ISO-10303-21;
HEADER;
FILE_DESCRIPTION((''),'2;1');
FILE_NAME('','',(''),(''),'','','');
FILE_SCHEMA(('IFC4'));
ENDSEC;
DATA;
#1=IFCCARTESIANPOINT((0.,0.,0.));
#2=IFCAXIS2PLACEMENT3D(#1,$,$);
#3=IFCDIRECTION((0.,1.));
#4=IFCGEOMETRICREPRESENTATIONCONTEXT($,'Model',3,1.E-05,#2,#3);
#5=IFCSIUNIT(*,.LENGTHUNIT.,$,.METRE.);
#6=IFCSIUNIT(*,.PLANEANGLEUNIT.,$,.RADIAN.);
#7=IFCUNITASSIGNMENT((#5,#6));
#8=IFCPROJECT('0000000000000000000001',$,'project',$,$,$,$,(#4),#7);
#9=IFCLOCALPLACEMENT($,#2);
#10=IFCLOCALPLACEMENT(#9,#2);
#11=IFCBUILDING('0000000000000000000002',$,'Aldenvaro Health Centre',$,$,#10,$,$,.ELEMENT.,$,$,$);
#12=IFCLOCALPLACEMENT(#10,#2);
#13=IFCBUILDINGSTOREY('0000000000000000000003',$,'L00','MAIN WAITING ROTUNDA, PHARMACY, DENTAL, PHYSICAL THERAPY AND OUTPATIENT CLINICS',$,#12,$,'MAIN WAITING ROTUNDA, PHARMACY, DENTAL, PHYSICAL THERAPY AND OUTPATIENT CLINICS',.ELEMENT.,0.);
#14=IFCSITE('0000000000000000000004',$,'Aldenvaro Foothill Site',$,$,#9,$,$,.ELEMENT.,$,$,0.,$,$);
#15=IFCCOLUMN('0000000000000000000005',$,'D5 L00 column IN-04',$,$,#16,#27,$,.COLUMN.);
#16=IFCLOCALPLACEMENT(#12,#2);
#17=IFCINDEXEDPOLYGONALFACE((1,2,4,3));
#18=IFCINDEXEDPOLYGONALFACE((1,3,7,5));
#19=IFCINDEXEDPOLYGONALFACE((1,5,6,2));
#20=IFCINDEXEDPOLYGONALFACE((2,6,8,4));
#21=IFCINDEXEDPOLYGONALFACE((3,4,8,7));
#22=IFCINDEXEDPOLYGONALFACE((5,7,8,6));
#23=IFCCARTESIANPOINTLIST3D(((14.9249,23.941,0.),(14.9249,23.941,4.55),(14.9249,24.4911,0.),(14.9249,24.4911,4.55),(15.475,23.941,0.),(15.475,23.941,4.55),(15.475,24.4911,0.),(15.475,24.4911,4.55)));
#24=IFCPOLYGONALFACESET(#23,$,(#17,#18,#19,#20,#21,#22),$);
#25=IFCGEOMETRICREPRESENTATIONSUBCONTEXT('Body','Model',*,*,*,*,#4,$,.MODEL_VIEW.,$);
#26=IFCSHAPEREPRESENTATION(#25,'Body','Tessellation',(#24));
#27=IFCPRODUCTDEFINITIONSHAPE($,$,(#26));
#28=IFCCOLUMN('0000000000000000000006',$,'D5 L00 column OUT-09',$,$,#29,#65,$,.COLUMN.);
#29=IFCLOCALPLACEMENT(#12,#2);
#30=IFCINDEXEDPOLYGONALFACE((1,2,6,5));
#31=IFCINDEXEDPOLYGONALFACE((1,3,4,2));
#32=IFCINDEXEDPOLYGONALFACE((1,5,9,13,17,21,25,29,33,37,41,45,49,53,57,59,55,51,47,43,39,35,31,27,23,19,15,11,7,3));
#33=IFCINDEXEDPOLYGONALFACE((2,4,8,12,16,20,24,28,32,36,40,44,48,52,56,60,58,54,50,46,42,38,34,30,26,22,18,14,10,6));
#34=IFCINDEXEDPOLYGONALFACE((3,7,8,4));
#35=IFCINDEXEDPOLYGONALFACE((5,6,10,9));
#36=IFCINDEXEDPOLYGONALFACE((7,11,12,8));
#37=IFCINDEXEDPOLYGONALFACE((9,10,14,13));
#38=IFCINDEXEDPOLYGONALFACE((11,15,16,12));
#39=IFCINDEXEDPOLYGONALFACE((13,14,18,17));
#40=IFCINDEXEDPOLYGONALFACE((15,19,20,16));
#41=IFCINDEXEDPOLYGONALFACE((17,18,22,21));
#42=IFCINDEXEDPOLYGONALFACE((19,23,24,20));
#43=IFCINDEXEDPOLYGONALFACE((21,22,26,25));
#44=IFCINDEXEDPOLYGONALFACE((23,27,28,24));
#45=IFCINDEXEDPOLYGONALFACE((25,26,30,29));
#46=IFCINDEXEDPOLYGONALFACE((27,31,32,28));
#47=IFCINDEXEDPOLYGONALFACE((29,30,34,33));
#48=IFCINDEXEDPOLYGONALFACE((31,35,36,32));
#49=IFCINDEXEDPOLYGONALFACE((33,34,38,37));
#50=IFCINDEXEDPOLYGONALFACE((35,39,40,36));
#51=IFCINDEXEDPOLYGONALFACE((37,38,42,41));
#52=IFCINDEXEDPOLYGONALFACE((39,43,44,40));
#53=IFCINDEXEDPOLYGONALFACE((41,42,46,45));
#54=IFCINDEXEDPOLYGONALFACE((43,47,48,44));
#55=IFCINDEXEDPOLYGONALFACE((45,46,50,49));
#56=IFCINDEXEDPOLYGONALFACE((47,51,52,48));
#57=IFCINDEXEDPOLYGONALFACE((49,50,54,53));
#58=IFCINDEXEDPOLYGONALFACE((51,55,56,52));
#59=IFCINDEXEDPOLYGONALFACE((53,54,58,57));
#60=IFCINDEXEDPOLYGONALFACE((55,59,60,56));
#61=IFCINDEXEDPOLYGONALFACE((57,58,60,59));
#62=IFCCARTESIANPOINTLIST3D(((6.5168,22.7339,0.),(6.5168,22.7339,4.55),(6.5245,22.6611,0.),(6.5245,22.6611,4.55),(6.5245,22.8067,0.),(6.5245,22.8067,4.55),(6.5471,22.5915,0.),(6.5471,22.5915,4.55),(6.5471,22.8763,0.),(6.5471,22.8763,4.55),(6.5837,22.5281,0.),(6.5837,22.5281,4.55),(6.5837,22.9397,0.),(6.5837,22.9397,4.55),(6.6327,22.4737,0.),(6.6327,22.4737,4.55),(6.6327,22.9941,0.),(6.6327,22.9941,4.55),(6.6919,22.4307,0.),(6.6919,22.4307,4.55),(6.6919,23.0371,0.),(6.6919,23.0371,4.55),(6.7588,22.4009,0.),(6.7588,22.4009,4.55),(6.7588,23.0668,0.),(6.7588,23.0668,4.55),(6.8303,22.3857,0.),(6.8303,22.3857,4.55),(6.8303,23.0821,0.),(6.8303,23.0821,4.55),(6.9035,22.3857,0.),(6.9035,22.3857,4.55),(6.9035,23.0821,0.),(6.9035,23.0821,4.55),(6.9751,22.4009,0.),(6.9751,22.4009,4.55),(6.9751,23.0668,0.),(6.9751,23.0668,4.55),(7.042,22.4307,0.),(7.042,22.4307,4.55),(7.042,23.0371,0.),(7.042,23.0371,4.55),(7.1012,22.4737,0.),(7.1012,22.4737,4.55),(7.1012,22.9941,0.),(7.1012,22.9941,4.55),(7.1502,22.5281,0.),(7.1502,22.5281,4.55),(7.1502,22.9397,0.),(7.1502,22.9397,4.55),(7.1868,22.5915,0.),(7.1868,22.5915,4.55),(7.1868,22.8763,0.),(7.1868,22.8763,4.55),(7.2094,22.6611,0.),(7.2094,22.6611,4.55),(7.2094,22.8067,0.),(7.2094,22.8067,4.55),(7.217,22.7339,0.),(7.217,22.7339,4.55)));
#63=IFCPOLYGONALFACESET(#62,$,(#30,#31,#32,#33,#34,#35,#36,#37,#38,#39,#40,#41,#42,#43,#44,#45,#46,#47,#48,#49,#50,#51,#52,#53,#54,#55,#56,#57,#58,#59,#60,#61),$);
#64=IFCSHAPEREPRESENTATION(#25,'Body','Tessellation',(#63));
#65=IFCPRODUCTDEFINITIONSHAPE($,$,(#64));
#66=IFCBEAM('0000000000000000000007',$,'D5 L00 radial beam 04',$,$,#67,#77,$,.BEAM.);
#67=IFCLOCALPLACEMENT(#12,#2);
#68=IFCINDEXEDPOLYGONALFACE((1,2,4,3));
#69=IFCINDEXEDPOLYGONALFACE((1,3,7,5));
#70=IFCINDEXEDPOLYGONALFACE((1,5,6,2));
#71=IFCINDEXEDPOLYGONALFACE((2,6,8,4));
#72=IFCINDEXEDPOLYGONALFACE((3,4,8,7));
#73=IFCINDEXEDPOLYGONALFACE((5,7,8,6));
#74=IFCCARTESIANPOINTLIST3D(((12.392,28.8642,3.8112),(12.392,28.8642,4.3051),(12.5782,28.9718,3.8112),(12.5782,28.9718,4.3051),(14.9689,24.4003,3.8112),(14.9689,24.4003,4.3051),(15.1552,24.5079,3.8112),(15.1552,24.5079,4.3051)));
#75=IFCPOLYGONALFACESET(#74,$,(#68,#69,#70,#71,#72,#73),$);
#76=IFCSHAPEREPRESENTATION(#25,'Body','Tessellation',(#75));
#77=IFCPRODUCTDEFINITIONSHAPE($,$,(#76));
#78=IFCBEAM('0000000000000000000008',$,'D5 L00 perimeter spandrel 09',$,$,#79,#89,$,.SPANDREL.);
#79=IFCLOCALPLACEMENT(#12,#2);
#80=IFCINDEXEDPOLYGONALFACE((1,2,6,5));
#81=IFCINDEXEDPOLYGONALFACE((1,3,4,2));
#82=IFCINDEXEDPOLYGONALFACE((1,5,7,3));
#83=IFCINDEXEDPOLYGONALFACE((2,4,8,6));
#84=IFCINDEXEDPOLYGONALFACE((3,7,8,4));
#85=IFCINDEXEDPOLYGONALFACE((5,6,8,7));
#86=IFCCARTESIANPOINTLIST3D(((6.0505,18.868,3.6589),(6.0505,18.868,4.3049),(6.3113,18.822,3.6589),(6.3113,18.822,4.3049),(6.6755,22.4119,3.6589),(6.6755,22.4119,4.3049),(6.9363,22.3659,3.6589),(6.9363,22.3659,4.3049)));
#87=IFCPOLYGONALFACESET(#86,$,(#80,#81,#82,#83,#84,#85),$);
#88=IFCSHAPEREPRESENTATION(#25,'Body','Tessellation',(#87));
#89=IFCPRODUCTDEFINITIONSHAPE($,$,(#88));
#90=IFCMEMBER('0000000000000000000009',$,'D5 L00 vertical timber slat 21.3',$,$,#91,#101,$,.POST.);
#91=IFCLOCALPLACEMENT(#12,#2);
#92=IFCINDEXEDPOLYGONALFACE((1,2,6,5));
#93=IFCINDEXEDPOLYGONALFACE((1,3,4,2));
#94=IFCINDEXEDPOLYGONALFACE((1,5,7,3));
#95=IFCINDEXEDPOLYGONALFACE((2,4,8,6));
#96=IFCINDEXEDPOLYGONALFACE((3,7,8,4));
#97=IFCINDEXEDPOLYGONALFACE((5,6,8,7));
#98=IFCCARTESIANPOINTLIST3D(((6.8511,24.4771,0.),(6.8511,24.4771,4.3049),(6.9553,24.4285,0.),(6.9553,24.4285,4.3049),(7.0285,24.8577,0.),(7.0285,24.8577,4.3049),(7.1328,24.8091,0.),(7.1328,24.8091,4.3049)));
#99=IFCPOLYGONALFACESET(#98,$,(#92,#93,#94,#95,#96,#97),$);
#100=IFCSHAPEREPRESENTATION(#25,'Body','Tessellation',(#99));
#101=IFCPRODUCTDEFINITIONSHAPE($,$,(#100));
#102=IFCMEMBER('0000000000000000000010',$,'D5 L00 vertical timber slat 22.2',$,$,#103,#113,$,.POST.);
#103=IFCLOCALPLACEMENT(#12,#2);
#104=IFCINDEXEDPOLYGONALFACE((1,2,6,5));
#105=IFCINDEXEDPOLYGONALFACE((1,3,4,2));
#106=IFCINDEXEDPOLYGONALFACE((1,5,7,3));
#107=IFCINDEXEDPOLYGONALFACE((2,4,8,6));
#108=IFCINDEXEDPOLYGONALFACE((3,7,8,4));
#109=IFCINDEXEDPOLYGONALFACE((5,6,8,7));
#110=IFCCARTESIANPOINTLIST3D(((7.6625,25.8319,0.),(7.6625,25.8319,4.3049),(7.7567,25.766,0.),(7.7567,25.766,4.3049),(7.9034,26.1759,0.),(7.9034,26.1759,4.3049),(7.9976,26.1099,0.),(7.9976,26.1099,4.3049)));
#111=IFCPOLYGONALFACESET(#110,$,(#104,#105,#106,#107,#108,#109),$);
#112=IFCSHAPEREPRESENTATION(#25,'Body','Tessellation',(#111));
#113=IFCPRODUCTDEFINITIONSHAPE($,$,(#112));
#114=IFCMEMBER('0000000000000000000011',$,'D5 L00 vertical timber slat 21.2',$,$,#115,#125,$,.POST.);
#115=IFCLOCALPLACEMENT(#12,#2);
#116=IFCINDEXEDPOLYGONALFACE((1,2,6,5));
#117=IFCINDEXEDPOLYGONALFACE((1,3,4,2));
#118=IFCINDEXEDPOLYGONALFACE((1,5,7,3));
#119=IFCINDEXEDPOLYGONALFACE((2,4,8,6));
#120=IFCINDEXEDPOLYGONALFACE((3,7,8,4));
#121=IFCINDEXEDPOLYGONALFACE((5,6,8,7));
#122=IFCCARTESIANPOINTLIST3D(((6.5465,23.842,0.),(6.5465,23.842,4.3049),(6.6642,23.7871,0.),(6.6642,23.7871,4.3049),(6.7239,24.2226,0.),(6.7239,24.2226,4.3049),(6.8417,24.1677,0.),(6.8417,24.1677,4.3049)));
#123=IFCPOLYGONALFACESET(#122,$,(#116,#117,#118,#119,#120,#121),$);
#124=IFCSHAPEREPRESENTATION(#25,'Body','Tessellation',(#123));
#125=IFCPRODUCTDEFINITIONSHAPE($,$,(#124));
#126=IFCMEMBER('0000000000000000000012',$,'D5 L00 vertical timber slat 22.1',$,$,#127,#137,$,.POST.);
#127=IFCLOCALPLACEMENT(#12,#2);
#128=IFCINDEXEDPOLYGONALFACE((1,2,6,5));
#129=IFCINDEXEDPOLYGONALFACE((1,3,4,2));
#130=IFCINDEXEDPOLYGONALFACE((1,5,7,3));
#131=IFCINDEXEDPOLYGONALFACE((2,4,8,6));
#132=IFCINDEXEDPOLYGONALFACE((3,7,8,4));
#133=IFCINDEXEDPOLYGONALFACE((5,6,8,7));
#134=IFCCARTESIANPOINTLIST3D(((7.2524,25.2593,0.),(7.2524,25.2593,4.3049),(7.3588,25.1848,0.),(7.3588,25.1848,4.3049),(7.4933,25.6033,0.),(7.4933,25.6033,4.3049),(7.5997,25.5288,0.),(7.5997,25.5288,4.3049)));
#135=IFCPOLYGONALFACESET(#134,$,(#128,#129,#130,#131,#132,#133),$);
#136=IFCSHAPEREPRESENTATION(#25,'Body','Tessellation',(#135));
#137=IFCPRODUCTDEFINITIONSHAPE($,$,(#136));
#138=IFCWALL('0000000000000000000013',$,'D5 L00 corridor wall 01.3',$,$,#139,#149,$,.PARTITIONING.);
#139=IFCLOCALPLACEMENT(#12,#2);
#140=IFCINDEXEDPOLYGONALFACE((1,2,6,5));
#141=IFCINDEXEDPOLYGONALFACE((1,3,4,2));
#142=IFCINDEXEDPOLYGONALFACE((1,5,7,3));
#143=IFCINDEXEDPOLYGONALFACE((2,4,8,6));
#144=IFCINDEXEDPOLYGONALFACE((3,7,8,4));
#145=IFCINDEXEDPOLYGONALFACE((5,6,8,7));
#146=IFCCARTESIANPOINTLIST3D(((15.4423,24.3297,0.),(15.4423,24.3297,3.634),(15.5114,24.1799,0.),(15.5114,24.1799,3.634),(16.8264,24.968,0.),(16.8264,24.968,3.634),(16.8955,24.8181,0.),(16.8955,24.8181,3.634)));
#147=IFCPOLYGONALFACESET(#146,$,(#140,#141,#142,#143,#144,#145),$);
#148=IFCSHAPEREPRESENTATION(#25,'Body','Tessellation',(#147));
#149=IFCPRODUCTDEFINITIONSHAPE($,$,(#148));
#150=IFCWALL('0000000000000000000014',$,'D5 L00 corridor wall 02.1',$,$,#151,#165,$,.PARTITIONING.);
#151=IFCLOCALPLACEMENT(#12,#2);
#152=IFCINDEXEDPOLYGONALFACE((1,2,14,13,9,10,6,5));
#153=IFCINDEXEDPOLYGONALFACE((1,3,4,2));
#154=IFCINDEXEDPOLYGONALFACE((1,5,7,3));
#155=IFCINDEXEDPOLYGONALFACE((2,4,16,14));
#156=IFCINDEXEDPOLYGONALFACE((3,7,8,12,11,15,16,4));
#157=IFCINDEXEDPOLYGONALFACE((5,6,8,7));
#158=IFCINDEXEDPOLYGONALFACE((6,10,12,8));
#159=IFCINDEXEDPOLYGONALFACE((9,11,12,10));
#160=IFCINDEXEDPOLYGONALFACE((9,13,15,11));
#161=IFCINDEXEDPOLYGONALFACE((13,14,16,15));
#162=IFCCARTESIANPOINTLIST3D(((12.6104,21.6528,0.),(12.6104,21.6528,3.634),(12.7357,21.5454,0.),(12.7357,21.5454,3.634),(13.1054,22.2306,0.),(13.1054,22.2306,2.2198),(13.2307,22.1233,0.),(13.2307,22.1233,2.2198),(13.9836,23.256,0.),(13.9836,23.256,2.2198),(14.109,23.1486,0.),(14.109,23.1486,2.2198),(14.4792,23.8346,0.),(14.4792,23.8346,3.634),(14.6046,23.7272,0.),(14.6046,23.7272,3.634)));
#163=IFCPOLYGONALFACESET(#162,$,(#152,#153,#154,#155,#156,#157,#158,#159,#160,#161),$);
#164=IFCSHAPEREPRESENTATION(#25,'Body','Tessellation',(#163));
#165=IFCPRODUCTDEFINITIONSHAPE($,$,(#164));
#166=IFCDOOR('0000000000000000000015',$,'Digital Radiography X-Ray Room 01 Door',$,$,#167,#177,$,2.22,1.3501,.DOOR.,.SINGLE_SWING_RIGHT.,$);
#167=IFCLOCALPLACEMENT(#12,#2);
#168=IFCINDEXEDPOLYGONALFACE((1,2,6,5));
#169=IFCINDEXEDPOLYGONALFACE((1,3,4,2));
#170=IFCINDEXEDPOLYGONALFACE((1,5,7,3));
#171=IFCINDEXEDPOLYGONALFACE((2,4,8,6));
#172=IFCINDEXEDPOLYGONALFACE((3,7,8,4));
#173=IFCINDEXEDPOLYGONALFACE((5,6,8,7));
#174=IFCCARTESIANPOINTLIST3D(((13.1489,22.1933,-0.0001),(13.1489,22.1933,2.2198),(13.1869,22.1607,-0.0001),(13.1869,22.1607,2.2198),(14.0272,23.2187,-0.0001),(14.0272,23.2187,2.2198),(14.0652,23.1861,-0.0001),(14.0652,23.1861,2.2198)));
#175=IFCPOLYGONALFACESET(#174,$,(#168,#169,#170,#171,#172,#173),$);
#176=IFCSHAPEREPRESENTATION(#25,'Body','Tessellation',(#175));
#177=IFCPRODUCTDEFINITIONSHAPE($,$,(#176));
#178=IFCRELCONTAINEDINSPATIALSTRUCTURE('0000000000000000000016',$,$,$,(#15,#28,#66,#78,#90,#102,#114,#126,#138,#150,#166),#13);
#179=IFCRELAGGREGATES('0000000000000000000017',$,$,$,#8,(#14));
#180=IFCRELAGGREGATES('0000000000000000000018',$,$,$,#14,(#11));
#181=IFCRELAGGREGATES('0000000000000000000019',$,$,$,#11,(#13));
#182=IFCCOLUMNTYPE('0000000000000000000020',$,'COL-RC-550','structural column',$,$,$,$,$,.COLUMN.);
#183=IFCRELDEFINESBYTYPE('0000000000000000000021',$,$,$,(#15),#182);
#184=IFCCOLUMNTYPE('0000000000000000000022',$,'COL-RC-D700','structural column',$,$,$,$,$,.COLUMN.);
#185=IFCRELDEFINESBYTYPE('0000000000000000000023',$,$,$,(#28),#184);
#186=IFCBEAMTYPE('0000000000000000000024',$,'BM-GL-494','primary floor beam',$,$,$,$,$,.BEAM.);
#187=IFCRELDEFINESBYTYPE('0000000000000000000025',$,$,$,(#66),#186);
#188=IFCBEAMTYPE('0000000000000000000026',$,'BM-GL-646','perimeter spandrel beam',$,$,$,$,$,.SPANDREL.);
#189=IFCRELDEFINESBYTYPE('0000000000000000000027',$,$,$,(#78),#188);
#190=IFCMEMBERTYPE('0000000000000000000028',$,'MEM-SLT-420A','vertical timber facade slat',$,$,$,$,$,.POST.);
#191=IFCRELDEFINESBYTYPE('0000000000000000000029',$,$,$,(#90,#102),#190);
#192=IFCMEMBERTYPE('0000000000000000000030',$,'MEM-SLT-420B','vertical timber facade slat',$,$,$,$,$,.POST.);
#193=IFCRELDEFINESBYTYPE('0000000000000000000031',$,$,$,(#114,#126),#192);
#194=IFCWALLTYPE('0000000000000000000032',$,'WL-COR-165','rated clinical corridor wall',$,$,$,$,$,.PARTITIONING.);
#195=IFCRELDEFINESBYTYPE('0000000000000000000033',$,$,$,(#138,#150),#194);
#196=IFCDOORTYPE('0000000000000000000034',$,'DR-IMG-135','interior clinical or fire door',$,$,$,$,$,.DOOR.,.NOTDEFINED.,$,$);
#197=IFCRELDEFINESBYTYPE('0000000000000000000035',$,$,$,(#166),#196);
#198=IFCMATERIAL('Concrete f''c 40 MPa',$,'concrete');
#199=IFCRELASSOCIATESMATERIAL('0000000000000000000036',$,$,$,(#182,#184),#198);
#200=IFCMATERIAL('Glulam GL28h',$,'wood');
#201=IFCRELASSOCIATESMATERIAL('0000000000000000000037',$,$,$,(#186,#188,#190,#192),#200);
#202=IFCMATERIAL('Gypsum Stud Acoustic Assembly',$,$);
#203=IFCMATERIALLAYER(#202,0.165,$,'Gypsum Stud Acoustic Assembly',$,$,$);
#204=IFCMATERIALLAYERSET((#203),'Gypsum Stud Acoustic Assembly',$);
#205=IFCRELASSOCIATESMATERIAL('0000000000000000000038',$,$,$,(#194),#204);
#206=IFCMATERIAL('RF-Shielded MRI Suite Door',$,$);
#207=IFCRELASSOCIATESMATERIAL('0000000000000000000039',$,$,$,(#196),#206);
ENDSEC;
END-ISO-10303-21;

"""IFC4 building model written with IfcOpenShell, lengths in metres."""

from ifc_helpers import new_model, si_unit, direction, frame, frame_2d, origin, origin_2d, place, context, subcontext, project, spatial, rectangle, circle, extrude, material, layer, layer_set, material_profile, profile_set, type_object, element, fill, save


model = new_model("IFC4")

# Units and contexts
model_context = context("Model", 3, precision=1e-05, world=origin(), true_north=direction((0.0, 1.0)))
body_context = subcontext(model_context, "Body", "Model", "MODEL_VIEW")
ifc_project = project(units=[si_unit("LENGTHUNIT", "METRE"), si_unit("PLANEANGLEUNIT", "RADIAN")], contexts=[model_context])

# Site, building, storey
site_placement = place(None, origin())
site = spatial("IfcSite", under=ifc_project, at=site_placement, Name="Aldenvaro Foothill Site", CompositionType="ELEMENT", RefElevation=0.0)
building_placement = place(site_placement, origin())
building = spatial("IfcBuilding", under=site, at=building_placement, Name="Aldenvaro Health Centre", CompositionType="ELEMENT")
storey_placement = place(building_placement, origin())
storey = spatial("IfcBuildingStorey", under=building, at=storey_placement, Name="L00", Description="MAIN WAITING ROTUNDA, PHARMACY, DENTAL, PHYSICAL THERAPY AND OUTPATIENT CLINICS", LongName="MAIN WAITING ROTUNDA, PHARMACY, DENTAL, PHYSICAL THERAPY AND OUTPATIENT CLINICS", CompositionType="ELEMENT", Elevation=0.0)

# Columns
ifc_material_1 = material(Name="Concrete f'c 40 MPa", Category="concrete")
ifc_material_profile_1 = material_profile(ifc_material_1, rectangle(XDim=0.55, YDim=0.55, at=origin_2d()), Name="RC 550x550", Category="concrete")
ifc_profile_set_1 = profile_set([ifc_material_profile_1], Name="Concrete f'c 40 MPa")
column_type_1 = type_object("IfcColumnType", Name="COL-RC-550", Description="structural column", PredefinedType="COLUMN", material=ifc_profile_set_1)
column_1_placement = place(storey_placement, frame((15.2, 24.2161, 0.0), z_axis=(0.0, 0.0, 1.0), x_axis=(1.0, 0.0, 0.0)))
element("IfcColumn", 1, at=column_1_placement, inside=storey, type_object=column_type_1, Name="D5 L00 column IN-04", PredefinedType="COLUMN", context=body_context, shape_type="SweptSolid", body=[
    extrude(rectangle(XDim=0.55, YDim=0.55, at=origin_2d()), origin(), (0.0, 0.0, 1.0), 4.55),
])
ifc_material_profile_2 = material_profile(ifc_material_1, circle(Radius=0.3501, at=origin_2d()), Name="RC D700", Category="concrete")
ifc_profile_set_2 = profile_set([ifc_material_profile_2], Name="Concrete f'c 40 MPa")
column_type_2 = type_object("IfcColumnType", Name="COL-RC-D700", Description="structural column", PredefinedType="COLUMN", material=ifc_profile_set_2)
column_2_placement = place(storey_placement, frame((6.8669, 22.7339, 0.0), z_axis=(0.0, 0.0, 1.0), x_axis=(1.0, 0.0, 0.0)))
element("IfcColumn", 2, at=column_2_placement, inside=storey, type_object=column_type_2, Name="D5 L00 column OUT-09", PredefinedType="COLUMN", context=body_context, shape_type="SweptSolid", body=[
    extrude(circle(Radius=0.3501, at=origin_2d()), origin(), (0.0, 0.0, 1.0), 4.55),
])

# Beams
ifc_material_2 = material(Name="Glulam GL28h", Category="wood")
ifc_material_profile_3 = material_profile(ifc_material_2, rectangle(XDim=0.2151, YDim=0.4939, at=origin_2d()), Name="GL 215x494", Category="wood")
ifc_profile_set_3 = profile_set([ifc_material_profile_3], Name="Glulam GL28h")
beam_type_1 = type_object("IfcBeamType", Name="BM-GL-494", Description="primary floor beam", PredefinedType="BEAM", material=ifc_profile_set_3)
beam_1_placement = place(storey_placement, frame((15.062, 24.4541, 4.0581), z_axis=(-0.499955, 0.866051, 0.0), x_axis=(-0.866051, -0.499955, 0.0)))
element("IfcBeam", 3, at=beam_1_placement, inside=storey, type_object=beam_type_1, Name="D5 L00 radial beam 04", PredefinedType="BEAM", context=body_context, shape_type="SweptSolid", body=[
    extrude(rectangle(XDim=0.2151, YDim=0.4939, at=origin_2d()), origin(), (0.0, 0.0, 1.0), 5.1543),
])
ifc_material_profile_4 = material_profile(ifc_material_2, rectangle(XDim=0.2649, YDim=0.646, at=origin_2d()), Name="GL 265x646", Category="wood")
ifc_profile_set_4 = profile_set([ifc_material_profile_4], Name="Glulam GL28h")
beam_type_2 = type_object("IfcBeamType", Name="BM-GL-646", Description="perimeter spandrel beam", PredefinedType="SPANDREL", material=ifc_profile_set_4)
beam_2_placement = place(storey_placement, frame((6.8059, 22.3889, 3.9819), z_axis=(-0.173677, -0.984803, 0.0), x_axis=(0.984803, -0.173677, 0.0)))
element("IfcBeam", 4, at=beam_2_placement, inside=storey, type_object=beam_type_2, Name="D5 L00 perimeter spandrel 09", PredefinedType="SPANDREL", context=body_context, shape_type="SweptSolid", body=[
    extrude(rectangle(XDim=0.2649, YDim=0.646, at=origin_2d()), origin(), (0.0, 0.0, 1.0), 3.5986),
])

# Members
ifc_material_profile_5 = material_profile(ifc_material_2, rectangle(XDim=0.115, YDim=0.4199, at=origin_2d()), Name="GL 115x420", Category="wood")
ifc_profile_set_5 = profile_set([ifc_material_profile_5], Name="Glulam GL28h")
member_type_1 = type_object("IfcMemberType", Name="MEM-SLT-420A", Description="vertical timber facade slat", PredefinedType="POST", material=ifc_profile_set_5)
for number, where, z_axis, x_axis, name in (
    (5, (6.9919, 24.6431, 0.0), (0.0, 0.0, 1.0), (-0.906365, 0.422496, 0.0), "D5 L00 vertical timber slat 21.3"),
    (6, (7.8301, 25.9709, 0.0), (0.0, 0.0, 1.0), (-0.819107, 0.573641, 0.0), "D5 L00 vertical timber slat 22.2"),
):
    element("IfcMember", number, at=place(storey_placement, frame(where, z_axis=z_axis, x_axis=x_axis)), inside=storey, type_object=member_type_1, Name=name, PredefinedType="POST", context=body_context, shape_type="SweptSolid", body=[
        extrude(rectangle(XDim=0.115, YDim=0.4199, at=origin_2d()), origin(), (0.0, 0.0, 1.0), 4.3049),
    ])
ifc_material_profile_6 = material_profile(ifc_material_2, rectangle(XDim=0.1299, YDim=0.4199, at=origin_2d()), Name="GL 130x420", Category="wood")
ifc_profile_set_6 = profile_set([ifc_material_profile_6], Name="Glulam GL28h")
member_type_2 = type_object("IfcMemberType", Name="MEM-SLT-420B", Description="vertical timber facade slat", PredefinedType="POST", material=ifc_profile_set_6)
for number, where, z_axis, x_axis, name in (
    (7, (6.6941, 24.0049, 0.0), (0.0, 0.0, 1.0), (-0.906365, 0.422496, 0.0), "D5 L00 vertical timber slat 21.2"),
    (8, (7.426, 25.394, 0.0), (0.0, 0.0, 1.0), (-0.819107, 0.573641, 0.0), "D5 L00 vertical timber slat 22.1"),
):
    element("IfcMember", number, at=place(storey_placement, frame(where, z_axis=z_axis, x_axis=x_axis)), inside=storey, type_object=member_type_2, Name=name, PredefinedType="POST", context=body_context, shape_type="SweptSolid", body=[
        extrude(rectangle(XDim=0.1299, YDim=0.4199, at=origin_2d()), origin(), (0.0, 0.0, 1.0), 4.3049),
    ])

# Wall
ifc_material_3 = material(Name="Gypsum Stud Acoustic Assembly")
ifc_layer_1 = layer(ifc_material_3, 0.165, Name="Gypsum Stud Acoustic Assembly")
ifc_layer_set_1 = layer_set([ifc_layer_1], Name="Gypsum Stud Acoustic Assembly")
wall_type_1 = type_object("IfcWallType", Name="WL-COR-165", Description="rated clinical corridor wall", PredefinedType="PARTITIONING", material=ifc_layer_set_1)
wall_1_placement = place(storey_placement, frame((16.8611, 24.8931, 0.0), z_axis=(0.0, 0.0, 1.0), x_axis=(-0.908109, -0.418733, 0.0)))
element("IfcWall", 9, at=wall_1_placement, inside=storey, type_object=wall_type_1, Name="D5 L00 corridor wall 01.3", PredefinedType="PARTITIONING", context=body_context, shape_type="SweptSolid", body=[
    extrude(rectangle(XDim=1.5242, YDim=0.165, at=frame_2d((0.7622, 0.0))), origin(), (0.0, 0.0, 1.0), 3.634),
])

# Wall, opening, door
wall_2_placement = place(storey_placement, frame((14.542, 23.781, 0.0), z_axis=(0.0, 0.0, 1.0), x_axis=(-0.650532, -0.759479, 0.0)))
wall_2 = element("IfcWall", 10, at=wall_2_placement, inside=storey, type_object=wall_type_1, Name="D5 L00 corridor wall 02.1", PredefinedType="PARTITIONING", context=body_context, shape_type="SweptSolid", body=[
    extrude(rectangle(XDim=2.8728, YDim=0.165, at=frame_2d((1.4365, 0.0))), origin(), (0.0, 0.0, 1.0), 3.634),
])
opening_1_placement = place(wall_2_placement, frame((0.762, 0.0, 0.0)))
opening_1 = element("IfcOpeningElement", 11, at=opening_1_placement, cuts=wall_2, PredefinedType="OPENING", context=body_context, shape_type="SweptSolid", body=[
    extrude(rectangle(XDim=1.3501, YDim=2.22, at=frame_2d((0.675, 1.1099))), frame((0.0, 0.0925, 0.0), z_axis=(0.0, -1.0, 0.0), x_axis=(1.0, 0.0, 0.0)), (0.0, 0.0, 1.0), 0.1851),
])
ifc_material_4 = material(Name="RF-Shielded MRI Suite Door")
door_type_1 = type_object("IfcDoorType", Name="DR-IMG-135", Description="interior clinical or fire door", OperationType="NOTDEFINED", PredefinedType="DOOR", material=ifc_material_4)
door_1_placement = place(opening_1_placement, origin())
door_1 = element("IfcDoor", 12, at=door_1_placement, inside=storey, type_object=door_type_1, Name="Digital Radiography X-Ray Room 01 Door", OperationType="SINGLE_SWING_RIGHT", OverallHeight=2.22, OverallWidth=1.3501, PredefinedType="DOOR", context=body_context, shape_type="SweptSolid", body=[
    extrude(rectangle(XDim=1.3501, YDim=2.22, at=frame_2d((0.675, 1.1099))), frame((0.0, 0.0249, 0.0), z_axis=(0.0, -1.0, 0.0), x_axis=(1.0, 0.0, 0.0)), (0.0, 0.0, 1.0), 0.05),
])
fill(opening_1, door_1)

save(model, "model.ifc")
